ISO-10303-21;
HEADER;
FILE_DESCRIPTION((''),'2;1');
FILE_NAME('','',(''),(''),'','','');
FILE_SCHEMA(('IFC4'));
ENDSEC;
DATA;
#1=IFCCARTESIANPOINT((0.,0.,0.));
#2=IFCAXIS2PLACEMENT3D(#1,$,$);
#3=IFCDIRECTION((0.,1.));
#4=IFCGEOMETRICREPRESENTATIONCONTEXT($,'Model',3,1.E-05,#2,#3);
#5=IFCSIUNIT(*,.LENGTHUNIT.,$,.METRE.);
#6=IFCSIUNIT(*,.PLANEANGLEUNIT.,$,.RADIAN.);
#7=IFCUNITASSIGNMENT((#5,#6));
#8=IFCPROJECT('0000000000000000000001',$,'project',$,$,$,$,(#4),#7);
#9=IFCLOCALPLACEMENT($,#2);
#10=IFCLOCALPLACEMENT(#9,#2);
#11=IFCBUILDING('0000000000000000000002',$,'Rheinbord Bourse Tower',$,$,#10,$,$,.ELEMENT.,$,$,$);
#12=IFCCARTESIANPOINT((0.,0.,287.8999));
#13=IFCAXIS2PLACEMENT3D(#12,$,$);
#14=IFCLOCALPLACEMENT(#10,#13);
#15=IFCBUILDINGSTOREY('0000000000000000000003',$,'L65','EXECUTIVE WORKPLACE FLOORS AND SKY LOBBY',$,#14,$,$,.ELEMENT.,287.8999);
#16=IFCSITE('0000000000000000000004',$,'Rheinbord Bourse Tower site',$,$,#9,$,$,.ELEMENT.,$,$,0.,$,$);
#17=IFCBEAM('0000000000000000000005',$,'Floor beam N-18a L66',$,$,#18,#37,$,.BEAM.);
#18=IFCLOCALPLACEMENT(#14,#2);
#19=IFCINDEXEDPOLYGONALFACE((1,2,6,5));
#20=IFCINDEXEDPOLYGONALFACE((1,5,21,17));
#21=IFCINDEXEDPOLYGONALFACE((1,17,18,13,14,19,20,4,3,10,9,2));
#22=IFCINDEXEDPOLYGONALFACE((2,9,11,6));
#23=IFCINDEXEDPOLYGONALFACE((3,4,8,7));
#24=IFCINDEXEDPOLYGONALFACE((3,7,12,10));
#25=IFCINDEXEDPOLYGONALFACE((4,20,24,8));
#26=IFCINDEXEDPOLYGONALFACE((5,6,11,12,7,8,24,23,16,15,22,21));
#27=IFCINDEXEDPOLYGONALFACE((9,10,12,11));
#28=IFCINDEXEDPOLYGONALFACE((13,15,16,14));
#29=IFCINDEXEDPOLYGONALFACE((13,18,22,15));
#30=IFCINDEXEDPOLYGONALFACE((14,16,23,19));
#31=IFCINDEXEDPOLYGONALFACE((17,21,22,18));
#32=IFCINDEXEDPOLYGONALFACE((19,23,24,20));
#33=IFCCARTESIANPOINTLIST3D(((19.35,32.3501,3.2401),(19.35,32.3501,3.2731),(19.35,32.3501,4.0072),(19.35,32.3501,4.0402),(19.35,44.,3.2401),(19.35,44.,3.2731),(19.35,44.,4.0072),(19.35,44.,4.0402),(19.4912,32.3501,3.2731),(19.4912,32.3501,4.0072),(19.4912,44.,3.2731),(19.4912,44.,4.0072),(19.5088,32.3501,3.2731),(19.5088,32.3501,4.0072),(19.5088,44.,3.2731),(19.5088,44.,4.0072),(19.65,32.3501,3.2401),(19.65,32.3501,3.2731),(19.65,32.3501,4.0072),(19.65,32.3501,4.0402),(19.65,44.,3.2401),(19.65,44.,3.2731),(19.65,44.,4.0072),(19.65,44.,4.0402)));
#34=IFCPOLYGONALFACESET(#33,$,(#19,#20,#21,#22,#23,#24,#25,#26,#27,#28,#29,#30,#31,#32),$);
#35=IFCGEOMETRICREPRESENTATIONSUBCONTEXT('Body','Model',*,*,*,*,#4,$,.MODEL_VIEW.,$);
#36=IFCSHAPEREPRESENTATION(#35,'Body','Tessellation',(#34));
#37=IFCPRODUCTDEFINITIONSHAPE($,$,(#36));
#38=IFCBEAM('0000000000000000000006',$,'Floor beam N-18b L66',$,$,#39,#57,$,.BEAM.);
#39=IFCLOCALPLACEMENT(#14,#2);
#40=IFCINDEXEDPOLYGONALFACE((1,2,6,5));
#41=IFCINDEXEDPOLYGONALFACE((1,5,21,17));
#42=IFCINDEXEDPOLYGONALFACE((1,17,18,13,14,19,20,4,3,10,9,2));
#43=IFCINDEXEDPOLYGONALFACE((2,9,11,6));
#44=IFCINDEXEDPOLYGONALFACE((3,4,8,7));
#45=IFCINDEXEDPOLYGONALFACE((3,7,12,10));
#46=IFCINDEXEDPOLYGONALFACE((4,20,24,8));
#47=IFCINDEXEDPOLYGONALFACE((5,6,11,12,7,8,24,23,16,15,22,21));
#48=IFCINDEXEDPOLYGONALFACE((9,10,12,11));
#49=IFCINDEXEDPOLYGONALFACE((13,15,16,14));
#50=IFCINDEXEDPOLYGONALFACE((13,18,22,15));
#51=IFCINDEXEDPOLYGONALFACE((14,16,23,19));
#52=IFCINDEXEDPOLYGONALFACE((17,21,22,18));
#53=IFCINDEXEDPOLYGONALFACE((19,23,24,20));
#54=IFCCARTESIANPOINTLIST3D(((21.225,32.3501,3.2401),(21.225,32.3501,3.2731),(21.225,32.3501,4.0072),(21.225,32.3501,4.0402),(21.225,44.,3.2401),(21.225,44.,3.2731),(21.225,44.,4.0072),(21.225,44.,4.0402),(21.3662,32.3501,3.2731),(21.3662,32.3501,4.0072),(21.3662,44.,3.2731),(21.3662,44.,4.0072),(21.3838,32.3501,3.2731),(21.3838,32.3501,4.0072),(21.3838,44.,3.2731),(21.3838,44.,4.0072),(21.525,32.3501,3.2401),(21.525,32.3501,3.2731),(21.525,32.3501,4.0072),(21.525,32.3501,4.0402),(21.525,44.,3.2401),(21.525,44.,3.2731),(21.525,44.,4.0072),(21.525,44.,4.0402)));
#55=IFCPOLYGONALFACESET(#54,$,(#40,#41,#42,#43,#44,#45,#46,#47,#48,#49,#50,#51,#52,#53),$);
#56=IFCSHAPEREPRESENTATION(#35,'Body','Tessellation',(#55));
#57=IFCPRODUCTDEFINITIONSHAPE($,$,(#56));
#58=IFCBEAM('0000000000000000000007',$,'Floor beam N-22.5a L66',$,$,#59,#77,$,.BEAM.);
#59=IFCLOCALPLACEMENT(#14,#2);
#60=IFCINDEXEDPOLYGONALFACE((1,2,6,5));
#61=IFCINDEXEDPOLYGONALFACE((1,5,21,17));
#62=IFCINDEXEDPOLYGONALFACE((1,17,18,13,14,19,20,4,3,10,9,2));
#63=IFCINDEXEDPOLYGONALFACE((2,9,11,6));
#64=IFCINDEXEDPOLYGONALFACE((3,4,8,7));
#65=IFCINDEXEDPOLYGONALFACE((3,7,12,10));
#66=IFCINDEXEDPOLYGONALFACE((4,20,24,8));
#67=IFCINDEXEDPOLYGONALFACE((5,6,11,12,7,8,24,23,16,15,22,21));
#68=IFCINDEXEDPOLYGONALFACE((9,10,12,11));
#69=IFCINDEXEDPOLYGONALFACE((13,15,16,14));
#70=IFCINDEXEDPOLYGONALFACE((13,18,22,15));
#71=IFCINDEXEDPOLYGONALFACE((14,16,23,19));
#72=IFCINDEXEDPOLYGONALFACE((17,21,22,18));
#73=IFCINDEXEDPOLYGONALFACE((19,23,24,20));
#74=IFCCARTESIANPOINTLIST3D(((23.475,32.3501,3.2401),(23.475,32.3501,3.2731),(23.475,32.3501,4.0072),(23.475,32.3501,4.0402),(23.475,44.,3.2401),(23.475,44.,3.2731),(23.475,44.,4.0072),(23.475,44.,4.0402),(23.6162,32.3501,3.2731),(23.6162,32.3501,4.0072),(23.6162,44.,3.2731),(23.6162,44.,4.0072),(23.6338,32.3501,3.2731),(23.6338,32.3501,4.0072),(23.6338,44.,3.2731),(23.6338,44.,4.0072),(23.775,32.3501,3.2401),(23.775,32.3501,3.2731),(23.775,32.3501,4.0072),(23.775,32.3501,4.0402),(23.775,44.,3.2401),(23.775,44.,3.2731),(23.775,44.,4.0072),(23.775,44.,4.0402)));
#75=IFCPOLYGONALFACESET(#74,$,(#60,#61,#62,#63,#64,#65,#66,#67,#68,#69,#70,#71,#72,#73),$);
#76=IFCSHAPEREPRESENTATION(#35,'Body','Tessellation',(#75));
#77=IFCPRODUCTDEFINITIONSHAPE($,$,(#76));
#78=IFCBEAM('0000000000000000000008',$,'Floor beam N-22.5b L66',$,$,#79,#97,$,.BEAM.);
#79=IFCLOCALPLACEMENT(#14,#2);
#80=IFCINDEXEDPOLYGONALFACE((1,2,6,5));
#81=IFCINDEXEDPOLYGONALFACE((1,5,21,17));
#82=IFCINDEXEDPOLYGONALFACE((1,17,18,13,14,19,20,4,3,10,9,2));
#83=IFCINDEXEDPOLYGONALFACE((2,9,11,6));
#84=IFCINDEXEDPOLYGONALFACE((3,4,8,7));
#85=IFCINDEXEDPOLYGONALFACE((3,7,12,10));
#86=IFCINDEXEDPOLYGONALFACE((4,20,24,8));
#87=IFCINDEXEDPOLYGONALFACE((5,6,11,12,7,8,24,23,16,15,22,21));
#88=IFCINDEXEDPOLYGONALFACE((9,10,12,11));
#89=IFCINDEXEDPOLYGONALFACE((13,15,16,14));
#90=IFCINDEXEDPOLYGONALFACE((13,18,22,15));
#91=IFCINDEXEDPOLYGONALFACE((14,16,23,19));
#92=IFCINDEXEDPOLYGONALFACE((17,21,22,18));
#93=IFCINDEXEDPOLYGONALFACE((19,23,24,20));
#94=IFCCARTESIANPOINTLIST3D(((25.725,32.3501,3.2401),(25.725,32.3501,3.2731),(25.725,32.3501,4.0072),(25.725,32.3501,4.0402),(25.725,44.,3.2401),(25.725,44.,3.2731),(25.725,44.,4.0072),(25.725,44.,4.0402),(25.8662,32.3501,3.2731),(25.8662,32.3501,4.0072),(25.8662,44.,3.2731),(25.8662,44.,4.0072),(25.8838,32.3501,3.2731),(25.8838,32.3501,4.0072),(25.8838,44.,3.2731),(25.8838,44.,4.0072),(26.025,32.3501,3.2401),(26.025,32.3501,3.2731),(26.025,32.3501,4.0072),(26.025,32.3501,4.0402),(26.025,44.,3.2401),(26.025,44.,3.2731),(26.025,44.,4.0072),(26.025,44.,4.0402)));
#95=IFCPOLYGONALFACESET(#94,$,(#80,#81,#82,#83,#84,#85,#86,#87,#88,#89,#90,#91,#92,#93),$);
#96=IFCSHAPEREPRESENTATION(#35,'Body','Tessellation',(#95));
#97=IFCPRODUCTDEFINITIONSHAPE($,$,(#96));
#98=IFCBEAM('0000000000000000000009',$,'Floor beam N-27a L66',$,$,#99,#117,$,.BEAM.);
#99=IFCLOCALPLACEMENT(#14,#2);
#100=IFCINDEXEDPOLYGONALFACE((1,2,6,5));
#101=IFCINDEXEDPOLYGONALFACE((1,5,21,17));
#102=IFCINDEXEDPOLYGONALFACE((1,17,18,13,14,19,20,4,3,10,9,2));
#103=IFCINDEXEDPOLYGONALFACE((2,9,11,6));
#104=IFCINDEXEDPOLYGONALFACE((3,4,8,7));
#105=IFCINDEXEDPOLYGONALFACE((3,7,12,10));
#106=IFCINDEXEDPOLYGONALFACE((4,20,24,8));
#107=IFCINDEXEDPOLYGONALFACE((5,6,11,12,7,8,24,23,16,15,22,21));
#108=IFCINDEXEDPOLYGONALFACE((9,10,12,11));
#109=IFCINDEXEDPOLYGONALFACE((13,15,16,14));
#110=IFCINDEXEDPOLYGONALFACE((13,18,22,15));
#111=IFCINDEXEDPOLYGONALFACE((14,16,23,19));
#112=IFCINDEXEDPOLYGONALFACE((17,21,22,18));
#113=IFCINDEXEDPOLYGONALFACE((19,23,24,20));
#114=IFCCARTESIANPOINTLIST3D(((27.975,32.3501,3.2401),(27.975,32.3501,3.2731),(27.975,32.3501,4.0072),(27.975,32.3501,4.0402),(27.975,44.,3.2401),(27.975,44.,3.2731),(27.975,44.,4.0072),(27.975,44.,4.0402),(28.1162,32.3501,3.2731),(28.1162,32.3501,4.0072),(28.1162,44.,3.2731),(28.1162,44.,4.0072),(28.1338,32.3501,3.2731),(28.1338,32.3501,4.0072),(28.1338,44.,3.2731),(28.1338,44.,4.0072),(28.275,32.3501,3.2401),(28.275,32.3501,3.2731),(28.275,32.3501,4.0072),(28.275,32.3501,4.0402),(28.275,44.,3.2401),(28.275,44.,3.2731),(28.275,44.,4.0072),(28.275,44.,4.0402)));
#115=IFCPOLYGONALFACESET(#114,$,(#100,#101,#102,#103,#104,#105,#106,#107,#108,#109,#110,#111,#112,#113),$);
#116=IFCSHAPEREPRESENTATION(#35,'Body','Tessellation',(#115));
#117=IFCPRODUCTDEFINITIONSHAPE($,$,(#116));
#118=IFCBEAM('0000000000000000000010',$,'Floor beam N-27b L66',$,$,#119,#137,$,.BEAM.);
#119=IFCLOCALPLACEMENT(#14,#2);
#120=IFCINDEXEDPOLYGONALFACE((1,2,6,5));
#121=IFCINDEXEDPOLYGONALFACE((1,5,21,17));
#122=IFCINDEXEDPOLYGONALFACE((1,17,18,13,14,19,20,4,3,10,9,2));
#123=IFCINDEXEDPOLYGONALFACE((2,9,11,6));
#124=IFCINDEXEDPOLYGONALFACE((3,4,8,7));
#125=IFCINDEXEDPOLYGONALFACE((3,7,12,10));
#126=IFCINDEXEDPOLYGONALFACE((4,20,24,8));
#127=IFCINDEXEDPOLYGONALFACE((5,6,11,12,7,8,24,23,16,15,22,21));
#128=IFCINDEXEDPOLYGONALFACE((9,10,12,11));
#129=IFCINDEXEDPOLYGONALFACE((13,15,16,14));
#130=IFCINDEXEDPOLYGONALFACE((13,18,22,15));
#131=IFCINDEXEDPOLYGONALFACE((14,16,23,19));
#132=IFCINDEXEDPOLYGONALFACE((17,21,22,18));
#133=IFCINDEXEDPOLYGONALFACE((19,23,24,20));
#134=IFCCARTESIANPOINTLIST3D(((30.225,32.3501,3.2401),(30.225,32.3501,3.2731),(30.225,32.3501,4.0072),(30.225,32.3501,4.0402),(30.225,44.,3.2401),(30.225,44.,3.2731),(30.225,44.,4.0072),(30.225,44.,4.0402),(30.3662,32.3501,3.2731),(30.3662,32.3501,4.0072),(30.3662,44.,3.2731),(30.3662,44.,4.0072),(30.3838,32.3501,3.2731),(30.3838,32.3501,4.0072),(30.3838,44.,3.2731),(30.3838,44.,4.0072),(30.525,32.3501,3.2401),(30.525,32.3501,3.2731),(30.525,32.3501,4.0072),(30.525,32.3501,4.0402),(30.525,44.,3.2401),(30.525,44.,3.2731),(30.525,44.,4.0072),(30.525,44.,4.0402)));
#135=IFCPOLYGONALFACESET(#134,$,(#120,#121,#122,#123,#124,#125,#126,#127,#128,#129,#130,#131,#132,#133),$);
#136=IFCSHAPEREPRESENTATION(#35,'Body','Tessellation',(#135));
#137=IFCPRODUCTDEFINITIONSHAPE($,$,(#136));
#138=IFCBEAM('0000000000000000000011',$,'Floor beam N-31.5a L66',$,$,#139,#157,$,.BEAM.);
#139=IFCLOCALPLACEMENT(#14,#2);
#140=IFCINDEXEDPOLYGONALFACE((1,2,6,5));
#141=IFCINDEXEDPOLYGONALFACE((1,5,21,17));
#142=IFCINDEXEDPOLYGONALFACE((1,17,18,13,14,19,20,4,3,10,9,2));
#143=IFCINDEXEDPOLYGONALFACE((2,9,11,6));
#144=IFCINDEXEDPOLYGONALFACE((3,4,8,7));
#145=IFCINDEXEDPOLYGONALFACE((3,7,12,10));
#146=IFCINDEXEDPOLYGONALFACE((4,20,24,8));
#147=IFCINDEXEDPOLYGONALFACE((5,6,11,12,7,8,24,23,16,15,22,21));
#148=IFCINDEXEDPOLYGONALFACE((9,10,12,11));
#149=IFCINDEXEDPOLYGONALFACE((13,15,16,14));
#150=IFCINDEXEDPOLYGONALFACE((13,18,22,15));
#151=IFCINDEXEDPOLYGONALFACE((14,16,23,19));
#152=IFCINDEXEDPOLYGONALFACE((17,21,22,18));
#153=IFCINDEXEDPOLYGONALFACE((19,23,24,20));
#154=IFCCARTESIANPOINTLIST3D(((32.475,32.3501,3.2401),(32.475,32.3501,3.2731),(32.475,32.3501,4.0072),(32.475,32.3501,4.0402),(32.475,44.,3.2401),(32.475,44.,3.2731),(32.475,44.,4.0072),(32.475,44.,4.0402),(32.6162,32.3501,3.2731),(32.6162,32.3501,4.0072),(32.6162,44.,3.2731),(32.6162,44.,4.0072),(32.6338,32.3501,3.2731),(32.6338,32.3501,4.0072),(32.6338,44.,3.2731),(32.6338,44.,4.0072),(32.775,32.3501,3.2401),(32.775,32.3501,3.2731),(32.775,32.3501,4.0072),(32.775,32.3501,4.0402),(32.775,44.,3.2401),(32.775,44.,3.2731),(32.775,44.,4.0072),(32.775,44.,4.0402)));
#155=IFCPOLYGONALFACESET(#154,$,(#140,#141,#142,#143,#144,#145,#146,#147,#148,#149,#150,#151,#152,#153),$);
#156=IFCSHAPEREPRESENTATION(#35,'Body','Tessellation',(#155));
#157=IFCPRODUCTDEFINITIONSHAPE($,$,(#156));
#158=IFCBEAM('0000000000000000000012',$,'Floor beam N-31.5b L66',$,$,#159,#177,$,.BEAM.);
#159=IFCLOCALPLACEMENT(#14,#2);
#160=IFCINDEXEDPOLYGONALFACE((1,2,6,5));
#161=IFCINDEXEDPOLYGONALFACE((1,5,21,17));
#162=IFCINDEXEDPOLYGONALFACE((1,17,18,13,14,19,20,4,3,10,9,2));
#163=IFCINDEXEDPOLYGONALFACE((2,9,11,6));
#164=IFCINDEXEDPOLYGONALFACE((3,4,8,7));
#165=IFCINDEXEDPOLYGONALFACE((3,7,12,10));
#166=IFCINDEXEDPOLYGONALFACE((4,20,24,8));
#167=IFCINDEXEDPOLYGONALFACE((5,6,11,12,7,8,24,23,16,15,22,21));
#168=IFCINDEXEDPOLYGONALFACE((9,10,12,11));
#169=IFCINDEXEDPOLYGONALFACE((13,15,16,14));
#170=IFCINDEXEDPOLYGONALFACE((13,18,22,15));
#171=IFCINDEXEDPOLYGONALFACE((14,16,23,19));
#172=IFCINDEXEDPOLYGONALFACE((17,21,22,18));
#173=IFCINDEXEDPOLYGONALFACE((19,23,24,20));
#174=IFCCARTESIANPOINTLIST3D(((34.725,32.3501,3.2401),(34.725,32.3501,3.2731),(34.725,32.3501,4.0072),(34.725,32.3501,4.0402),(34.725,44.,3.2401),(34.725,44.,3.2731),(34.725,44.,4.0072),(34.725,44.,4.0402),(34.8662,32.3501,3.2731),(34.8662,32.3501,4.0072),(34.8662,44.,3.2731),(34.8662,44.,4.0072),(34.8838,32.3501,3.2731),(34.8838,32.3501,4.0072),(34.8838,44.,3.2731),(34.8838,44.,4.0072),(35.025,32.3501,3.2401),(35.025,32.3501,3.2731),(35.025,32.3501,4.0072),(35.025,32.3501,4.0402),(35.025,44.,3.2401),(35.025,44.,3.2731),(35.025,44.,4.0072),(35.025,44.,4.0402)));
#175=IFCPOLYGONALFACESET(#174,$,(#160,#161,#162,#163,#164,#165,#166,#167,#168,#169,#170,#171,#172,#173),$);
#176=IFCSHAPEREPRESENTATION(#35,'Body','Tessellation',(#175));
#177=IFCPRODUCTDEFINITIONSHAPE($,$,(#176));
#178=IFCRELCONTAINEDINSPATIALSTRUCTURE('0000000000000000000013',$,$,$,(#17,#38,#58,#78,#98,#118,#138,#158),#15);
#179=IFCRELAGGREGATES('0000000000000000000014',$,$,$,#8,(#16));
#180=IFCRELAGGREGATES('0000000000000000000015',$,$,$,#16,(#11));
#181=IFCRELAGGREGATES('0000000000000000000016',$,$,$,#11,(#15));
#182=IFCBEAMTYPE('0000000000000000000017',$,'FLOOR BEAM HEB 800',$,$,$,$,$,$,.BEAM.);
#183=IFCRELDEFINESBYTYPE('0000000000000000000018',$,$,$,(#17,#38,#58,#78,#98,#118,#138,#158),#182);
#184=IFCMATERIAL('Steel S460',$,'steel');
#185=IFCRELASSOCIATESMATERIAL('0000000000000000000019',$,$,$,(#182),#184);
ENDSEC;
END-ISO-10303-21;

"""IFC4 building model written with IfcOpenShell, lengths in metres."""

from ifc_helpers import new_model, si_unit, direction, frame, origin, origin_2d, place, context, subcontext, project, spatial, i_section, extrude, material, material_profile, profile_set, type_object, element, save


model = new_model("IFC4")

# Units and contexts
model_context = context("Model", 3, precision=1e-05, world=origin(), true_north=direction((0.0, 1.0)))
body_context = subcontext(model_context, "Body", "Model", "MODEL_VIEW")
ifc_project = project(units=[si_unit("LENGTHUNIT", "METRE"), si_unit("PLANEANGLEUNIT", "RADIAN")], contexts=[model_context])

# Site, building, storey
site_placement = place(None, origin())
site = spatial("IfcSite", under=ifc_project, at=site_placement, Name="Rheinbord Bourse Tower site", CompositionType="ELEMENT", RefElevation=0.0)
building_placement = place(site_placement, origin())
building = spatial("IfcBuilding", under=site, at=building_placement, Name="Rheinbord Bourse Tower", CompositionType="ELEMENT")
storey_placement = place(building_placement, frame((0.0, 0.0, 287.8999)))
storey = spatial("IfcBuildingStorey", under=building, at=storey_placement, Name="L65", Description="EXECUTIVE WORKPLACE FLOORS AND SKY LOBBY", CompositionType="ELEMENT", Elevation=287.8999)

# Beams
ifc_material_1 = material(Name="Steel S460", Category="steel")
ifc_material_profile_1 = material_profile(ifc_material_1, i_section(OverallWidth=0.3, OverallDepth=0.8, WebThickness=0.0176, FlangeThickness=0.033, at=origin_2d()), Name="HEB 800")
ifc_profile_set_1 = profile_set([ifc_material_profile_1], Name="Steel S460")
beam_type_1 = type_object("IfcBeamType", Name="FLOOR BEAM HEB 800", PredefinedType="BEAM", material=ifc_profile_set_1)
for number, where, z_axis, x_axis, name in (
    (1, (19.5, 44.0, 3.6401), (0.0, -1.0, 0.0), (1.0, 0.0, 0.0), "Floor beam N-18a L66"),
    (2, (21.375, 44.0, 3.6401), (0.0, -1.0, 0.0), (1.0, 0.0, 0.0), "Floor beam N-18b L66"),
    (3, (23.625, 44.0, 3.6401), (0.0, -1.0, 0.0), (1.0, 0.0, 0.0), "Floor beam N-22.5a L66"),
    (4, (25.875, 44.0, 3.6401), (0.0, -1.0, 0.0), (1.0, 0.0, 0.0), "Floor beam N-22.5b L66"),
    (5, (28.125, 44.0, 3.6401), (0.0, -1.0, 0.0), (1.0, 0.0, 0.0), "Floor beam N-27a L66"),
    (6, (30.375, 44.0, 3.6401), (0.0, -1.0, 0.0), (1.0, 0.0, 0.0), "Floor beam N-27b L66"),
    (7, (32.625, 44.0, 3.6401), (0.0, -1.0, 0.0), (1.0, 0.0, 0.0), "Floor beam N-31.5a L66"),
    (8, (34.875, 44.0, 3.6401), (0.0, -1.0, 0.0), (1.0, 0.0, 0.0), "Floor beam N-31.5b L66"),
):
    element("IfcBeam", number, at=place(storey_placement, frame(where, z_axis=z_axis, x_axis=x_axis)), inside=storey, type_object=beam_type_1, Name=name, PredefinedType="BEAM", context=body_context, shape_type="SweptSolid", body=[
        extrude(i_section(OverallWidth=0.3, OverallDepth=0.8, WebThickness=0.0176, FlangeThickness=0.033, at=origin_2d()), origin(), (0.0, 0.0, 1.0), 11.6499),
    ])

save(model, "model.ifc")
